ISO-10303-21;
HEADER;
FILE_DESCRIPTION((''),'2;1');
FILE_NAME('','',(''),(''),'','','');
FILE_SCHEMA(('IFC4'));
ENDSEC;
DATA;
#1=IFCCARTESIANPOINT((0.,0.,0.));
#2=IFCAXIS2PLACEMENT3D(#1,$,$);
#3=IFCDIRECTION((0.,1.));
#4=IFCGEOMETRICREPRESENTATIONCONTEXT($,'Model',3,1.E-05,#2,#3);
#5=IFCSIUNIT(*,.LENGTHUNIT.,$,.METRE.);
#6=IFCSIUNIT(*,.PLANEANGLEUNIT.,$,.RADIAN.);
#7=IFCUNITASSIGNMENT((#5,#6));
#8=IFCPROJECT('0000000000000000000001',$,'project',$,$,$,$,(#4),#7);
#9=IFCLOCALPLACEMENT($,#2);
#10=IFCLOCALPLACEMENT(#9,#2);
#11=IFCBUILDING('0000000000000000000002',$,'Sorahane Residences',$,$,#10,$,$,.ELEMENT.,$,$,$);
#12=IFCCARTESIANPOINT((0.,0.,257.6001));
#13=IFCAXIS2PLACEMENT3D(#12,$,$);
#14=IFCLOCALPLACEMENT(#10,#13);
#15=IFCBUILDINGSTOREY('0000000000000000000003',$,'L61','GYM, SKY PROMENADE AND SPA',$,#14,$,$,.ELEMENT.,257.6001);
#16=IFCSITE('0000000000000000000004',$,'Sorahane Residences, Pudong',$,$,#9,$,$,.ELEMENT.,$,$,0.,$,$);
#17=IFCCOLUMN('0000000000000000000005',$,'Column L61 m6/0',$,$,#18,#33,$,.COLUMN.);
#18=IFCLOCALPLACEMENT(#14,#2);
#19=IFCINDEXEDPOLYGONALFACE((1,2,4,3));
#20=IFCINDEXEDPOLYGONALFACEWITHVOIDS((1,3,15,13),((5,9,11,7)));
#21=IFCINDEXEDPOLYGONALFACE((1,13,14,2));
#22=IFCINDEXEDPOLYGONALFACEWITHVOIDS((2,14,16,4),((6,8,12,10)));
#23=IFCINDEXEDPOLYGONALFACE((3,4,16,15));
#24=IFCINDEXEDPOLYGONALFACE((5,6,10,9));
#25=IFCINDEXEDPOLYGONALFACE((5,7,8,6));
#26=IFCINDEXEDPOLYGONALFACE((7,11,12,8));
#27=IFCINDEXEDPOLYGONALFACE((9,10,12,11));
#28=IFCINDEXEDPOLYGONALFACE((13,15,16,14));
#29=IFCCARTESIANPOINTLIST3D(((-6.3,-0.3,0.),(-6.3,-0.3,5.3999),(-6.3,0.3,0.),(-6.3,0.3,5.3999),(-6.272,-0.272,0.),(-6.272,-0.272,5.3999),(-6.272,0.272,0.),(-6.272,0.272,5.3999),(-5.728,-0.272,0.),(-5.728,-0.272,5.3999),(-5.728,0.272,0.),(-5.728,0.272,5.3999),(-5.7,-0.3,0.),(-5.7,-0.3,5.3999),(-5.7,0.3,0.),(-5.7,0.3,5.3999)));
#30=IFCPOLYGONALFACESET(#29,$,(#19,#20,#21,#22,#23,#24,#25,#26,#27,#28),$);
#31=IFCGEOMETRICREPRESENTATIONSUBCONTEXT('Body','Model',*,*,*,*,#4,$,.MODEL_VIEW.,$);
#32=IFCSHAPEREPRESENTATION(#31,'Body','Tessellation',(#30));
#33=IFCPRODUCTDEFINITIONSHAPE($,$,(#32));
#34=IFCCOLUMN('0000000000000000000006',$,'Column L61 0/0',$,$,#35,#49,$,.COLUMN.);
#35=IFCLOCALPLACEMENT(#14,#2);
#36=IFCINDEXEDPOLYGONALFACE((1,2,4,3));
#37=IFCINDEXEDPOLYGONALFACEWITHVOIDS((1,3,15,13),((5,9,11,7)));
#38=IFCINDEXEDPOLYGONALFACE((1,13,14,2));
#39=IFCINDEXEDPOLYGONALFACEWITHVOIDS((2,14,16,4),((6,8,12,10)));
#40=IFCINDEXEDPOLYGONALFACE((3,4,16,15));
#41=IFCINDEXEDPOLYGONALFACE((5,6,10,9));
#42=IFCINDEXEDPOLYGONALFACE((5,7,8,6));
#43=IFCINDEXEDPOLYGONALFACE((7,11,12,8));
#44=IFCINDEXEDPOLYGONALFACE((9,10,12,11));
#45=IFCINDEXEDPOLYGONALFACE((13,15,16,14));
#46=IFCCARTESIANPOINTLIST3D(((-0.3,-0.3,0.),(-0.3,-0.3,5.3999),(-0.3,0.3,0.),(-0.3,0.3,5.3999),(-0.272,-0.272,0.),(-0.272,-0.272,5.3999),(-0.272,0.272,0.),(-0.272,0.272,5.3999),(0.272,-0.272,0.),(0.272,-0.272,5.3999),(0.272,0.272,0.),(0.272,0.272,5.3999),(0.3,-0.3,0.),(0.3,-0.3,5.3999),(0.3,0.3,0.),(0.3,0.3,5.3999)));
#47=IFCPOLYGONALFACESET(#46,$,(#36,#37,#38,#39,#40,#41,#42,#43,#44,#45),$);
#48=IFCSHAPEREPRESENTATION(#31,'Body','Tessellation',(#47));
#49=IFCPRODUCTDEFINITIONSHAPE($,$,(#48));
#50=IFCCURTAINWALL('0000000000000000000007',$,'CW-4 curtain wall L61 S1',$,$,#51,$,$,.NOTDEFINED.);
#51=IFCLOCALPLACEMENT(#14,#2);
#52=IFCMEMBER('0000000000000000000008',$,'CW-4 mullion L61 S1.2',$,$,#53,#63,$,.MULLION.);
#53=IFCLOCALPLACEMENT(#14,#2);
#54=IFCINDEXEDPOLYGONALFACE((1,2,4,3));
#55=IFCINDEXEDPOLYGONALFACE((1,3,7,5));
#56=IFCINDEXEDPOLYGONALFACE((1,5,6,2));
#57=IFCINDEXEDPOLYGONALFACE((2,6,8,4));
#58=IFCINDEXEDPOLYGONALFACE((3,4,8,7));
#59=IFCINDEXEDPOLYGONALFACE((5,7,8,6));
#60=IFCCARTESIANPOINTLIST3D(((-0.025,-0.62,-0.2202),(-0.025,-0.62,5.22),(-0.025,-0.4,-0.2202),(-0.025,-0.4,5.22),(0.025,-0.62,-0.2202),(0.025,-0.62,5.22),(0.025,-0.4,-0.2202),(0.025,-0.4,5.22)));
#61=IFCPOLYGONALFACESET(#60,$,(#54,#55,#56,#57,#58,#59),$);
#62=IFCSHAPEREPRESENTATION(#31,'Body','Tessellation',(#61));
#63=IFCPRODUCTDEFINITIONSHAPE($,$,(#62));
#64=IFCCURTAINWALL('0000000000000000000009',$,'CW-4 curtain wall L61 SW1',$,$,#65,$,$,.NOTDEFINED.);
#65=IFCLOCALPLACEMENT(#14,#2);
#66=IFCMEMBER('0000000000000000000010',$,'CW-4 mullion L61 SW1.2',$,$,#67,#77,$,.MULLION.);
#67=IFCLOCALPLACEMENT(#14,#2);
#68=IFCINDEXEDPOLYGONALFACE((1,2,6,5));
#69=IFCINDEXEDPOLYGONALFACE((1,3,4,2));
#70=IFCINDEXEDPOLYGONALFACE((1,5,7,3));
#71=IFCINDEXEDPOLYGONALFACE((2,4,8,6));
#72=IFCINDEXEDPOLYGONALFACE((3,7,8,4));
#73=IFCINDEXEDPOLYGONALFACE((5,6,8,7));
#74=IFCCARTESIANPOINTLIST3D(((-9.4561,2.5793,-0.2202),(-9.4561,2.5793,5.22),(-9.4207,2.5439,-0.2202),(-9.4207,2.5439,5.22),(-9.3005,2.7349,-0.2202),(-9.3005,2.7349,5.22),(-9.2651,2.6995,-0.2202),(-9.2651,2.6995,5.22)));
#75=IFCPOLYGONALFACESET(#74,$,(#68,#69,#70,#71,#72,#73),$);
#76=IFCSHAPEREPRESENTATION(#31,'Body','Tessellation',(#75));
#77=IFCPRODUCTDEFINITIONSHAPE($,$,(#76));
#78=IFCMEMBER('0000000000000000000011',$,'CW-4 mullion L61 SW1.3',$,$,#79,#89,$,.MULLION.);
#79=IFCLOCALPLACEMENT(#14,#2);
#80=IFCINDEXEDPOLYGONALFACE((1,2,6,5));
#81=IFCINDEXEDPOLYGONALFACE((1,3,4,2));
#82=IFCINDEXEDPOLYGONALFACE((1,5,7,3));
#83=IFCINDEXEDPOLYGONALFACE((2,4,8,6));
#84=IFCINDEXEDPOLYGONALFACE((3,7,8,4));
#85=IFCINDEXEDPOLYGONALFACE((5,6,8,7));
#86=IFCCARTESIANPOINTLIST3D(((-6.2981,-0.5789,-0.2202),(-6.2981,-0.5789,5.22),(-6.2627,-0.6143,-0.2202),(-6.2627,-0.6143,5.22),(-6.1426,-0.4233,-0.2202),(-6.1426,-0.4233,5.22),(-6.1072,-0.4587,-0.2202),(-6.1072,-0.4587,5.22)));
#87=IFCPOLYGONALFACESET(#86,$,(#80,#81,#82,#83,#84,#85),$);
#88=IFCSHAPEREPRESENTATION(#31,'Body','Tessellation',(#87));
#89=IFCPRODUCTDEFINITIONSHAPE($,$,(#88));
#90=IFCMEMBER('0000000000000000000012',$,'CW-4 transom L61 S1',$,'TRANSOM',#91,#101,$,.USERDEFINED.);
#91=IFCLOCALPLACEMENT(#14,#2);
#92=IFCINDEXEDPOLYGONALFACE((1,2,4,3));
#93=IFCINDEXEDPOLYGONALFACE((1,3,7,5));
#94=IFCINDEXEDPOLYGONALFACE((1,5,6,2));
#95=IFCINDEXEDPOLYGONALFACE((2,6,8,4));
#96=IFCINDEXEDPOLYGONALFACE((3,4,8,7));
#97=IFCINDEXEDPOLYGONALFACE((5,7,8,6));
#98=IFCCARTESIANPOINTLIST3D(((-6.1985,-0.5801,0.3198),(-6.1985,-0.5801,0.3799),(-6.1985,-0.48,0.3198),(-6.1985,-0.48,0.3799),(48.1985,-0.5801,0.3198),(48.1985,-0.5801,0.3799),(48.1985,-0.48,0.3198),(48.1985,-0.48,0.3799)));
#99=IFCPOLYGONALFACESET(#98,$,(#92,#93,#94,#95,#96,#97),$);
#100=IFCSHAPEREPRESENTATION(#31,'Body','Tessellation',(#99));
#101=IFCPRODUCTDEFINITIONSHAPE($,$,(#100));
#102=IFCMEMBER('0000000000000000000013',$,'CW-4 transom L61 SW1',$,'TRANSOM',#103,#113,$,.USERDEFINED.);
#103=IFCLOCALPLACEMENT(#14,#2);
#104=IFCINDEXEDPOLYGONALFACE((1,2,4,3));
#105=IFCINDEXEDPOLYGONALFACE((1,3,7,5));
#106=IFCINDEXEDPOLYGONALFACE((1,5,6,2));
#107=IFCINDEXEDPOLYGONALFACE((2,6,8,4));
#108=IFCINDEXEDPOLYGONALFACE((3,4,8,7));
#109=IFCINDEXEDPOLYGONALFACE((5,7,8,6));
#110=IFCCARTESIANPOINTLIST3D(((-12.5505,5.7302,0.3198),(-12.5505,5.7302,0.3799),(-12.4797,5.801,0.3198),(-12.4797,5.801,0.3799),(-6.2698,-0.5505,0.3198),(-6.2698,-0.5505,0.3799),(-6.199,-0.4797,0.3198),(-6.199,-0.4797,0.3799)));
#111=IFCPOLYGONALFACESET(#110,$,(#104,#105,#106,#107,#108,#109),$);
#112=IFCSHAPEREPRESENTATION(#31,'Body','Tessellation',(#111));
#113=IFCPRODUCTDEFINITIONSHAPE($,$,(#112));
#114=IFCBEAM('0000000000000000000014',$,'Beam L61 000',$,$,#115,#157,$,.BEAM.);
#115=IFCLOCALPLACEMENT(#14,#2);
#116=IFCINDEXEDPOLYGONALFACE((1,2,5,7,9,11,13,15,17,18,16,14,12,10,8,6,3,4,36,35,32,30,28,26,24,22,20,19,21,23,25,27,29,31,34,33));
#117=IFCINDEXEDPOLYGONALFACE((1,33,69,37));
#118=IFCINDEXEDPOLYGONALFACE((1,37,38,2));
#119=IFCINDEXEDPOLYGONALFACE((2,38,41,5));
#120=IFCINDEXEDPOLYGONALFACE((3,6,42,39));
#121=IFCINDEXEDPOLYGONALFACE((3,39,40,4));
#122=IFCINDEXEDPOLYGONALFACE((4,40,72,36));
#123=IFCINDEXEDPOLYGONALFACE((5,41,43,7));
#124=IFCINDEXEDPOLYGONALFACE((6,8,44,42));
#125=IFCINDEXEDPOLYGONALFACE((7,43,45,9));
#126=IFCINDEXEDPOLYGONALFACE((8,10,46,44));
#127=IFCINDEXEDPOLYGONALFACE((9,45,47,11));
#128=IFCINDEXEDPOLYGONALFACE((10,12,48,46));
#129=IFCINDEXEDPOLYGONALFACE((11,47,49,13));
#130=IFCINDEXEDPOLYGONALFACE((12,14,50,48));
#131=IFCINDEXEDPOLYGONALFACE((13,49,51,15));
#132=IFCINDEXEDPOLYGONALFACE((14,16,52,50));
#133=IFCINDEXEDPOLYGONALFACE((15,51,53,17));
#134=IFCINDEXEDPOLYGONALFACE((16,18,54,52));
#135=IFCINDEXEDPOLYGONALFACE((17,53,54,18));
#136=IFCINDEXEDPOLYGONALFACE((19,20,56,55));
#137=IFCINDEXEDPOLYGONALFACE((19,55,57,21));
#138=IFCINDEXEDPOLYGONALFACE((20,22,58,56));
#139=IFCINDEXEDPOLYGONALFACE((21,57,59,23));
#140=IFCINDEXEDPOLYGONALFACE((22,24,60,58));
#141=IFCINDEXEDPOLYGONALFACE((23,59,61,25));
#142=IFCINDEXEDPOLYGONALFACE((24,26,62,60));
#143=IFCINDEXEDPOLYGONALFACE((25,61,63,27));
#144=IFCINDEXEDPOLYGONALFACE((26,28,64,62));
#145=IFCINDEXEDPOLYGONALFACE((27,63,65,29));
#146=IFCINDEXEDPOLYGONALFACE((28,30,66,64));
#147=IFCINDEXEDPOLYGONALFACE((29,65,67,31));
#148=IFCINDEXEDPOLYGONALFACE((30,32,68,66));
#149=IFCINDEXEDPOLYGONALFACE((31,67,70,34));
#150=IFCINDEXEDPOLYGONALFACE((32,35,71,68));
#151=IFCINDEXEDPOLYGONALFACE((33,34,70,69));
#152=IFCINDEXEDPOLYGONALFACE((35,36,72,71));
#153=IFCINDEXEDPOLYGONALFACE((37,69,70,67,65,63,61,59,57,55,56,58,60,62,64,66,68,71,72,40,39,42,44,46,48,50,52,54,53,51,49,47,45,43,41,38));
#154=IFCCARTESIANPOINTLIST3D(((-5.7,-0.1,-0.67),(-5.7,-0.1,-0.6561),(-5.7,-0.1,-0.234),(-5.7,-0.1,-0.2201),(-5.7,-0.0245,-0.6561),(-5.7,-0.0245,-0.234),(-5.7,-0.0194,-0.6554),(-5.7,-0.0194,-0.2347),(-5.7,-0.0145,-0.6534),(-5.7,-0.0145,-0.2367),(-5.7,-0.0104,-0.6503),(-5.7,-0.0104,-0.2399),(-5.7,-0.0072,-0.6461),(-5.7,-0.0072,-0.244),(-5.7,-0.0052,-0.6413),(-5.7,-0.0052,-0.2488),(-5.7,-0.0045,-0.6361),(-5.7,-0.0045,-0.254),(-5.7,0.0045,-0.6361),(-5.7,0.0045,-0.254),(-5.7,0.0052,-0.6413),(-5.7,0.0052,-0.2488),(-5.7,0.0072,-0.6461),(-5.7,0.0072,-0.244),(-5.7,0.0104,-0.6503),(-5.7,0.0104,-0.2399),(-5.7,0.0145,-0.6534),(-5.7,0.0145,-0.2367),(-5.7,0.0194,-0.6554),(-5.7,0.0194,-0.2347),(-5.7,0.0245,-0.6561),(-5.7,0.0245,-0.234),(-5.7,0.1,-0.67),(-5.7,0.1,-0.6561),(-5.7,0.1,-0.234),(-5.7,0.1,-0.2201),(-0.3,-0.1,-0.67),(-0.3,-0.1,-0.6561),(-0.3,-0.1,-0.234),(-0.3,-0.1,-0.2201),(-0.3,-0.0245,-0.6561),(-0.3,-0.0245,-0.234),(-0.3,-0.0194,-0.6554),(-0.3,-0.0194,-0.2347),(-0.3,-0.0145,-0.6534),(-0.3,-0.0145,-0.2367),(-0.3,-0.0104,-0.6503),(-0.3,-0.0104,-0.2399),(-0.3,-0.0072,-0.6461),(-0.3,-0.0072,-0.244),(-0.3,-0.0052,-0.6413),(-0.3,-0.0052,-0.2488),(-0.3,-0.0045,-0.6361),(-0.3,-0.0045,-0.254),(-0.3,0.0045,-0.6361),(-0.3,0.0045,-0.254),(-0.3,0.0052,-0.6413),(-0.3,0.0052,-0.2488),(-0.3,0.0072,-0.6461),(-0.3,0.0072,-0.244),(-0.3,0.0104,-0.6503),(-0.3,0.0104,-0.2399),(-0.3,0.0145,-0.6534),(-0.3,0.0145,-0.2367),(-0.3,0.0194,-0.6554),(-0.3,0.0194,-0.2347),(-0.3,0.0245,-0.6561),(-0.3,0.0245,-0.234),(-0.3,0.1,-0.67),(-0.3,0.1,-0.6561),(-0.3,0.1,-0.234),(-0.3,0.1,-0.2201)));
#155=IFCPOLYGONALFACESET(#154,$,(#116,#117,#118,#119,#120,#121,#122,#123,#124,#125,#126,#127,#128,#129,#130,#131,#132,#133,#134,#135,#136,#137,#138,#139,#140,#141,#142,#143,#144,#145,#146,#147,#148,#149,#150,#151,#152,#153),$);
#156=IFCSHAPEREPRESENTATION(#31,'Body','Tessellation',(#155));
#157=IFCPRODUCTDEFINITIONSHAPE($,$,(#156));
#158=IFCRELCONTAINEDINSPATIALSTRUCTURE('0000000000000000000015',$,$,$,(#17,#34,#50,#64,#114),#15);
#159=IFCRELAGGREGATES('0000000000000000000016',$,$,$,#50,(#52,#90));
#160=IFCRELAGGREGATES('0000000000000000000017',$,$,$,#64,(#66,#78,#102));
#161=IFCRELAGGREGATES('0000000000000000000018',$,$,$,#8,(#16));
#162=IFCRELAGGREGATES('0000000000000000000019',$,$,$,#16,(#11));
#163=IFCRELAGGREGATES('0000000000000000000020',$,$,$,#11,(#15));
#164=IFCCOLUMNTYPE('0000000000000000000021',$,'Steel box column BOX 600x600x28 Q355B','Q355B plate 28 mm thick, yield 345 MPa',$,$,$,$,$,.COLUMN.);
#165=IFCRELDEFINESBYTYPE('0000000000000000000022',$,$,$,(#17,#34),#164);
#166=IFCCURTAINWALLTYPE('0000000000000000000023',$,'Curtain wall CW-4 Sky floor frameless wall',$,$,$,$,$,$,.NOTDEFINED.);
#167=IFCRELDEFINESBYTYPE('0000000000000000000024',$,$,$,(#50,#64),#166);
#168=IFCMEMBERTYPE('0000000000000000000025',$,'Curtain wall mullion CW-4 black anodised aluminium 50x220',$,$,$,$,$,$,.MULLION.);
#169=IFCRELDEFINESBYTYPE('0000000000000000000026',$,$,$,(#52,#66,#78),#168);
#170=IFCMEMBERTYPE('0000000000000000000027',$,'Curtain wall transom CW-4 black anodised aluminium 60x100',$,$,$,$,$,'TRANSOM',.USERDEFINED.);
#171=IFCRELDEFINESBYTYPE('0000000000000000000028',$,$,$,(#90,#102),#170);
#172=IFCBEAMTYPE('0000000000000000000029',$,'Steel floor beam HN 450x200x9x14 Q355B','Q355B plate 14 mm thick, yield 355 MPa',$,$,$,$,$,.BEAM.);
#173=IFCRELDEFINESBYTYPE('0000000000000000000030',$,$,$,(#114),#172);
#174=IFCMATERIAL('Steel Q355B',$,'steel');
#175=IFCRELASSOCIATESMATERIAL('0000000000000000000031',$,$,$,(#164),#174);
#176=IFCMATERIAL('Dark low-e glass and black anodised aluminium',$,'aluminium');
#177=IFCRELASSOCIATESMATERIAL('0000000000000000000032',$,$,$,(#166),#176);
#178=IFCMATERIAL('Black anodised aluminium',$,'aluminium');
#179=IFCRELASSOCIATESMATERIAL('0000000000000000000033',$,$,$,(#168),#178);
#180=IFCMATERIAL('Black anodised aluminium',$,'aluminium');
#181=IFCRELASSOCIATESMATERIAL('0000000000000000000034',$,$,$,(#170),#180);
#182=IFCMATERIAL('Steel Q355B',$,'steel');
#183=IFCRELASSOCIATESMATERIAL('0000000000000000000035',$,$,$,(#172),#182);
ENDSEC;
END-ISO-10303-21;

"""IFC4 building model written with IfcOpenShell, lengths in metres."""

from ifc_helpers import new_model, si_unit, direction, frame, origin, origin_2d, place, context, subcontext, project, spatial, rectangle, hollow_rectangle, i_section, extrude, material, material_profile, profile_set, type_object, element, aggregate, save


model = new_model("IFC4")

# Units and contexts
model_context = context("Model", 3, precision=1e-05, world=origin(), true_north=direction((0.0, 1.0)))
body_context = subcontext(model_context, "Body", "Model", "MODEL_VIEW")
ifc_project = project(units=[si_unit("LENGTHUNIT", "METRE"), si_unit("PLANEANGLEUNIT", "RADIAN")], contexts=[model_context])

# Site, building, storey
site_placement = place(None, origin())
site = spatial("IfcSite", under=ifc_project, at=site_placement, Name="Sorahane Residences, Pudong", CompositionType="ELEMENT", RefElevation=0.0)
building_placement = place(site_placement, origin())
building = spatial("IfcBuilding", under=site, at=building_placement, Name="Sorahane Residences", CompositionType="ELEMENT")
storey_placement = place(building_placement, frame((0.0, 0.0, 257.6001)))
storey = spatial("IfcBuildingStorey", under=building, at=storey_placement, Name="L61", Description="GYM, SKY PROMENADE AND SPA", CompositionType="ELEMENT", Elevation=257.6001)

# Columns
ifc_material_1 = material(Name="Steel Q355B", Category="steel")
ifc_material_profile_1 = material_profile(ifc_material_1, hollow_rectangle(XDim=0.6001, YDim=0.6001, WallThickness=0.0281, at=origin_2d()), Name="BOX 600x600x28")
ifc_profile_set_1 = profile_set([ifc_material_profile_1], Name="Steel Q355B")
column_type = type_object("IfcColumnType", Name="Steel box column BOX 600x600x28 Q355B", Description="Q355B plate 28 mm thick, yield 345 MPa", PredefinedType="COLUMN", material=ifc_profile_set_1)
for number, where, z_axis, x_axis, name in (
    (1, (-6.0, 0.0, 0.0), (0.0, 0.0, 1.0), (1.0, 0.0, 0.0), "Column L61 m6/0"),
    (2, (0.0, 0.0, 0.0), (0.0, 0.0, 1.0), (1.0, 0.0, 0.0), "Column L61 0/0"),
):
    element("IfcColumn", number, at=place(storey_placement, frame(where, z_axis=z_axis, x_axis=x_axis)), inside=storey, type_object=column_type, Name=name, PredefinedType="COLUMN", context=body_context, shape_type="SweptSolid", body=[
        extrude(hollow_rectangle(XDim=0.6001, YDim=0.6001, WallThickness=0.0281, at=origin_2d()), origin(), (0.0, 0.0, 1.0), 5.3999),
    ])

# Curtain wall, member
ifc_material_2 = material(Name="Dark low-e glass and black anodised aluminium", Category="aluminium")
curtain_wall_type = type_object("IfcCurtainWallType", Name="Curtain wall CW-4 Sky floor frameless wall", PredefinedType="NOTDEFINED", material=ifc_material_2)
curtain_wall_1_placement = place(storey_placement, origin())
curtain_wall_1 = element("IfcCurtainWall", 3, at=curtain_wall_1_placement, inside=storey, type_object=curtain_wall_type, Name="CW-4 curtain wall L61 S1", PredefinedType="NOTDEFINED")
ifc_material_3 = material(Name="Black anodised aluminium", Category="aluminium")
ifc_material_profile_2 = material_profile(ifc_material_3, rectangle(XDim=0.22, YDim=0.05, at=origin_2d()), Name="Curtain wall mullion CW-4 black anodised aluminium 50x220")
ifc_profile_set_2 = profile_set([ifc_material_profile_2], Name="Black anodised aluminium")
member_type_1 = type_object("IfcMemberType", Name="Curtain wall mullion CW-4 black anodised aluminium 50x220", PredefinedType="MULLION", material=ifc_profile_set_2)
member_1_placement = place(storey_placement, frame((0.0, -0.51, -0.2202), z_axis=(0.0, 0.0, 1.0), x_axis=(0.0, -1.0, 0.0)))
member_1 = element("IfcMember", 4, at=member_1_placement, type_object=member_type_1, Name="CW-4 mullion L61 S1.2", PredefinedType="MULLION", context=body_context, shape_type="SweptSolid", body=[
    extrude(rectangle(XDim=0.22, YDim=0.05, at=origin_2d()), origin(), (0.0, 0.0, 1.0), 5.4402),
])

# Curtain wall, members
curtain_wall_2_placement = place(storey_placement, origin())
curtain_wall_2 = element("IfcCurtainWall", 5, at=curtain_wall_2_placement, inside=storey, type_object=curtain_wall_type, Name="CW-4 curtain wall L61 SW1", PredefinedType="NOTDEFINED")
member_2_placement = place(storey_placement, frame((-9.3606, 2.6394, -0.2202), z_axis=(0.0, 0.0, 1.0), x_axis=(-0.707107, -0.707107, 0.0)))
member_2 = element("IfcMember", 6, at=member_2_placement, type_object=member_type_1, Name="CW-4 mullion L61 SW1.2", PredefinedType="MULLION", context=body_context, shape_type="SweptSolid", body=[
    extrude(rectangle(XDim=0.22, YDim=0.05, at=origin_2d()), origin(), (0.0, 0.0, 1.0), 5.4402),
])
member_3_placement = place(storey_placement, frame((-6.2026, -0.5188, -0.2202), z_axis=(0.0, 0.0, 1.0), x_axis=(-0.707107, -0.707107, 0.0)))
member_3 = element("IfcMember", 7, at=member_3_placement, type_object=member_type_1, Name="CW-4 mullion L61 SW1.3", PredefinedType="MULLION", context=body_context, shape_type="SweptSolid", body=[
    extrude(rectangle(XDim=0.22, YDim=0.05, at=origin_2d()), origin(), (0.0, 0.0, 1.0), 5.4402),
])

# Members
ifc_material_4 = material(Name="Black anodised aluminium", Category="aluminium")
ifc_material_profile_3 = material_profile(ifc_material_4, rectangle(XDim=0.1001, YDim=0.0601, at=origin_2d()), Name="Curtain wall transom CW-4 black anodised aluminium 60x100")
ifc_profile_set_3 = profile_set([ifc_material_profile_3], Name="Black anodised aluminium")
member_type_2 = type_object("IfcMemberType", Name="Curtain wall transom CW-4 black anodised aluminium 60x100", ElementType="TRANSOM", PredefinedType="USERDEFINED", material=ifc_profile_set_3)
member_4_placement = place(storey_placement, frame((-6.1985, -0.53, 0.3499), z_axis=(1.0, 0.0, 0.0), x_axis=(0.0, 1.0, 0.0)))
member_4 = element("IfcMember", 8, at=member_4_placement, type_object=member_type_2, Name="CW-4 transom L61 S1", ObjectType="TRANSOM", PredefinedType="USERDEFINED", context=body_context, shape_type="SweptSolid", body=[
    extrude(rectangle(XDim=0.1001, YDim=0.0601, at=origin_2d()), origin(), (0.0, 0.0, 1.0), 54.397),
])
member_5_placement = place(storey_placement, frame((-12.5151, 5.7656, 0.3499), z_axis=(0.707107, -0.707107, 0.0), x_axis=(0.707107, 0.707107, 0.0)))
member_5 = element("IfcMember", 9, at=member_5_placement, type_object=member_type_2, Name="CW-4 transom L61 SW1", ObjectType="TRANSOM", PredefinedType="USERDEFINED", context=body_context, shape_type="SweptSolid", body=[
    extrude(rectangle(XDim=0.1001, YDim=0.0601, at=origin_2d()), origin(), (0.0, 0.0, 1.0), 8.8823),
])

# Beam
ifc_material_5 = material(Name="Steel Q355B", Category="steel")
ifc_material_profile_4 = material_profile(ifc_material_5, i_section(OverallWidth=0.2, OverallDepth=0.45, WebThickness=0.009, FlangeThickness=0.0139, FilletRadius=0.02, at=origin_2d()), Name="HN 450x200x9x14")
ifc_profile_set_4 = profile_set([ifc_material_profile_4], Name="Steel Q355B")
beam_type = type_object("IfcBeamType", Name="Steel floor beam HN 450x200x9x14 Q355B", Description="Q355B plate 14 mm thick, yield 355 MPa", PredefinedType="BEAM", material=ifc_profile_set_4)
beam_placement = place(storey_placement, frame((-5.7, 0.0, -0.4451), z_axis=(1.0, 0.0, 0.0), x_axis=(0.0, 1.0, 0.0)))
element("IfcBeam", 10, at=beam_placement, inside=storey, type_object=beam_type, Name="Beam L61 000", PredefinedType="BEAM", context=body_context, shape_type="SweptSolid", body=[
    extrude(i_section(OverallWidth=0.2, OverallDepth=0.45, WebThickness=0.009, FlangeThickness=0.0139, FilletRadius=0.02, at=origin_2d()), origin(), (0.0, 0.0, 1.0), 5.3999),
])

aggregate(curtain_wall_1, [member_1, member_4])
aggregate(curtain_wall_2, [member_2, member_3, member_5])

save(model, "model.ifc")
